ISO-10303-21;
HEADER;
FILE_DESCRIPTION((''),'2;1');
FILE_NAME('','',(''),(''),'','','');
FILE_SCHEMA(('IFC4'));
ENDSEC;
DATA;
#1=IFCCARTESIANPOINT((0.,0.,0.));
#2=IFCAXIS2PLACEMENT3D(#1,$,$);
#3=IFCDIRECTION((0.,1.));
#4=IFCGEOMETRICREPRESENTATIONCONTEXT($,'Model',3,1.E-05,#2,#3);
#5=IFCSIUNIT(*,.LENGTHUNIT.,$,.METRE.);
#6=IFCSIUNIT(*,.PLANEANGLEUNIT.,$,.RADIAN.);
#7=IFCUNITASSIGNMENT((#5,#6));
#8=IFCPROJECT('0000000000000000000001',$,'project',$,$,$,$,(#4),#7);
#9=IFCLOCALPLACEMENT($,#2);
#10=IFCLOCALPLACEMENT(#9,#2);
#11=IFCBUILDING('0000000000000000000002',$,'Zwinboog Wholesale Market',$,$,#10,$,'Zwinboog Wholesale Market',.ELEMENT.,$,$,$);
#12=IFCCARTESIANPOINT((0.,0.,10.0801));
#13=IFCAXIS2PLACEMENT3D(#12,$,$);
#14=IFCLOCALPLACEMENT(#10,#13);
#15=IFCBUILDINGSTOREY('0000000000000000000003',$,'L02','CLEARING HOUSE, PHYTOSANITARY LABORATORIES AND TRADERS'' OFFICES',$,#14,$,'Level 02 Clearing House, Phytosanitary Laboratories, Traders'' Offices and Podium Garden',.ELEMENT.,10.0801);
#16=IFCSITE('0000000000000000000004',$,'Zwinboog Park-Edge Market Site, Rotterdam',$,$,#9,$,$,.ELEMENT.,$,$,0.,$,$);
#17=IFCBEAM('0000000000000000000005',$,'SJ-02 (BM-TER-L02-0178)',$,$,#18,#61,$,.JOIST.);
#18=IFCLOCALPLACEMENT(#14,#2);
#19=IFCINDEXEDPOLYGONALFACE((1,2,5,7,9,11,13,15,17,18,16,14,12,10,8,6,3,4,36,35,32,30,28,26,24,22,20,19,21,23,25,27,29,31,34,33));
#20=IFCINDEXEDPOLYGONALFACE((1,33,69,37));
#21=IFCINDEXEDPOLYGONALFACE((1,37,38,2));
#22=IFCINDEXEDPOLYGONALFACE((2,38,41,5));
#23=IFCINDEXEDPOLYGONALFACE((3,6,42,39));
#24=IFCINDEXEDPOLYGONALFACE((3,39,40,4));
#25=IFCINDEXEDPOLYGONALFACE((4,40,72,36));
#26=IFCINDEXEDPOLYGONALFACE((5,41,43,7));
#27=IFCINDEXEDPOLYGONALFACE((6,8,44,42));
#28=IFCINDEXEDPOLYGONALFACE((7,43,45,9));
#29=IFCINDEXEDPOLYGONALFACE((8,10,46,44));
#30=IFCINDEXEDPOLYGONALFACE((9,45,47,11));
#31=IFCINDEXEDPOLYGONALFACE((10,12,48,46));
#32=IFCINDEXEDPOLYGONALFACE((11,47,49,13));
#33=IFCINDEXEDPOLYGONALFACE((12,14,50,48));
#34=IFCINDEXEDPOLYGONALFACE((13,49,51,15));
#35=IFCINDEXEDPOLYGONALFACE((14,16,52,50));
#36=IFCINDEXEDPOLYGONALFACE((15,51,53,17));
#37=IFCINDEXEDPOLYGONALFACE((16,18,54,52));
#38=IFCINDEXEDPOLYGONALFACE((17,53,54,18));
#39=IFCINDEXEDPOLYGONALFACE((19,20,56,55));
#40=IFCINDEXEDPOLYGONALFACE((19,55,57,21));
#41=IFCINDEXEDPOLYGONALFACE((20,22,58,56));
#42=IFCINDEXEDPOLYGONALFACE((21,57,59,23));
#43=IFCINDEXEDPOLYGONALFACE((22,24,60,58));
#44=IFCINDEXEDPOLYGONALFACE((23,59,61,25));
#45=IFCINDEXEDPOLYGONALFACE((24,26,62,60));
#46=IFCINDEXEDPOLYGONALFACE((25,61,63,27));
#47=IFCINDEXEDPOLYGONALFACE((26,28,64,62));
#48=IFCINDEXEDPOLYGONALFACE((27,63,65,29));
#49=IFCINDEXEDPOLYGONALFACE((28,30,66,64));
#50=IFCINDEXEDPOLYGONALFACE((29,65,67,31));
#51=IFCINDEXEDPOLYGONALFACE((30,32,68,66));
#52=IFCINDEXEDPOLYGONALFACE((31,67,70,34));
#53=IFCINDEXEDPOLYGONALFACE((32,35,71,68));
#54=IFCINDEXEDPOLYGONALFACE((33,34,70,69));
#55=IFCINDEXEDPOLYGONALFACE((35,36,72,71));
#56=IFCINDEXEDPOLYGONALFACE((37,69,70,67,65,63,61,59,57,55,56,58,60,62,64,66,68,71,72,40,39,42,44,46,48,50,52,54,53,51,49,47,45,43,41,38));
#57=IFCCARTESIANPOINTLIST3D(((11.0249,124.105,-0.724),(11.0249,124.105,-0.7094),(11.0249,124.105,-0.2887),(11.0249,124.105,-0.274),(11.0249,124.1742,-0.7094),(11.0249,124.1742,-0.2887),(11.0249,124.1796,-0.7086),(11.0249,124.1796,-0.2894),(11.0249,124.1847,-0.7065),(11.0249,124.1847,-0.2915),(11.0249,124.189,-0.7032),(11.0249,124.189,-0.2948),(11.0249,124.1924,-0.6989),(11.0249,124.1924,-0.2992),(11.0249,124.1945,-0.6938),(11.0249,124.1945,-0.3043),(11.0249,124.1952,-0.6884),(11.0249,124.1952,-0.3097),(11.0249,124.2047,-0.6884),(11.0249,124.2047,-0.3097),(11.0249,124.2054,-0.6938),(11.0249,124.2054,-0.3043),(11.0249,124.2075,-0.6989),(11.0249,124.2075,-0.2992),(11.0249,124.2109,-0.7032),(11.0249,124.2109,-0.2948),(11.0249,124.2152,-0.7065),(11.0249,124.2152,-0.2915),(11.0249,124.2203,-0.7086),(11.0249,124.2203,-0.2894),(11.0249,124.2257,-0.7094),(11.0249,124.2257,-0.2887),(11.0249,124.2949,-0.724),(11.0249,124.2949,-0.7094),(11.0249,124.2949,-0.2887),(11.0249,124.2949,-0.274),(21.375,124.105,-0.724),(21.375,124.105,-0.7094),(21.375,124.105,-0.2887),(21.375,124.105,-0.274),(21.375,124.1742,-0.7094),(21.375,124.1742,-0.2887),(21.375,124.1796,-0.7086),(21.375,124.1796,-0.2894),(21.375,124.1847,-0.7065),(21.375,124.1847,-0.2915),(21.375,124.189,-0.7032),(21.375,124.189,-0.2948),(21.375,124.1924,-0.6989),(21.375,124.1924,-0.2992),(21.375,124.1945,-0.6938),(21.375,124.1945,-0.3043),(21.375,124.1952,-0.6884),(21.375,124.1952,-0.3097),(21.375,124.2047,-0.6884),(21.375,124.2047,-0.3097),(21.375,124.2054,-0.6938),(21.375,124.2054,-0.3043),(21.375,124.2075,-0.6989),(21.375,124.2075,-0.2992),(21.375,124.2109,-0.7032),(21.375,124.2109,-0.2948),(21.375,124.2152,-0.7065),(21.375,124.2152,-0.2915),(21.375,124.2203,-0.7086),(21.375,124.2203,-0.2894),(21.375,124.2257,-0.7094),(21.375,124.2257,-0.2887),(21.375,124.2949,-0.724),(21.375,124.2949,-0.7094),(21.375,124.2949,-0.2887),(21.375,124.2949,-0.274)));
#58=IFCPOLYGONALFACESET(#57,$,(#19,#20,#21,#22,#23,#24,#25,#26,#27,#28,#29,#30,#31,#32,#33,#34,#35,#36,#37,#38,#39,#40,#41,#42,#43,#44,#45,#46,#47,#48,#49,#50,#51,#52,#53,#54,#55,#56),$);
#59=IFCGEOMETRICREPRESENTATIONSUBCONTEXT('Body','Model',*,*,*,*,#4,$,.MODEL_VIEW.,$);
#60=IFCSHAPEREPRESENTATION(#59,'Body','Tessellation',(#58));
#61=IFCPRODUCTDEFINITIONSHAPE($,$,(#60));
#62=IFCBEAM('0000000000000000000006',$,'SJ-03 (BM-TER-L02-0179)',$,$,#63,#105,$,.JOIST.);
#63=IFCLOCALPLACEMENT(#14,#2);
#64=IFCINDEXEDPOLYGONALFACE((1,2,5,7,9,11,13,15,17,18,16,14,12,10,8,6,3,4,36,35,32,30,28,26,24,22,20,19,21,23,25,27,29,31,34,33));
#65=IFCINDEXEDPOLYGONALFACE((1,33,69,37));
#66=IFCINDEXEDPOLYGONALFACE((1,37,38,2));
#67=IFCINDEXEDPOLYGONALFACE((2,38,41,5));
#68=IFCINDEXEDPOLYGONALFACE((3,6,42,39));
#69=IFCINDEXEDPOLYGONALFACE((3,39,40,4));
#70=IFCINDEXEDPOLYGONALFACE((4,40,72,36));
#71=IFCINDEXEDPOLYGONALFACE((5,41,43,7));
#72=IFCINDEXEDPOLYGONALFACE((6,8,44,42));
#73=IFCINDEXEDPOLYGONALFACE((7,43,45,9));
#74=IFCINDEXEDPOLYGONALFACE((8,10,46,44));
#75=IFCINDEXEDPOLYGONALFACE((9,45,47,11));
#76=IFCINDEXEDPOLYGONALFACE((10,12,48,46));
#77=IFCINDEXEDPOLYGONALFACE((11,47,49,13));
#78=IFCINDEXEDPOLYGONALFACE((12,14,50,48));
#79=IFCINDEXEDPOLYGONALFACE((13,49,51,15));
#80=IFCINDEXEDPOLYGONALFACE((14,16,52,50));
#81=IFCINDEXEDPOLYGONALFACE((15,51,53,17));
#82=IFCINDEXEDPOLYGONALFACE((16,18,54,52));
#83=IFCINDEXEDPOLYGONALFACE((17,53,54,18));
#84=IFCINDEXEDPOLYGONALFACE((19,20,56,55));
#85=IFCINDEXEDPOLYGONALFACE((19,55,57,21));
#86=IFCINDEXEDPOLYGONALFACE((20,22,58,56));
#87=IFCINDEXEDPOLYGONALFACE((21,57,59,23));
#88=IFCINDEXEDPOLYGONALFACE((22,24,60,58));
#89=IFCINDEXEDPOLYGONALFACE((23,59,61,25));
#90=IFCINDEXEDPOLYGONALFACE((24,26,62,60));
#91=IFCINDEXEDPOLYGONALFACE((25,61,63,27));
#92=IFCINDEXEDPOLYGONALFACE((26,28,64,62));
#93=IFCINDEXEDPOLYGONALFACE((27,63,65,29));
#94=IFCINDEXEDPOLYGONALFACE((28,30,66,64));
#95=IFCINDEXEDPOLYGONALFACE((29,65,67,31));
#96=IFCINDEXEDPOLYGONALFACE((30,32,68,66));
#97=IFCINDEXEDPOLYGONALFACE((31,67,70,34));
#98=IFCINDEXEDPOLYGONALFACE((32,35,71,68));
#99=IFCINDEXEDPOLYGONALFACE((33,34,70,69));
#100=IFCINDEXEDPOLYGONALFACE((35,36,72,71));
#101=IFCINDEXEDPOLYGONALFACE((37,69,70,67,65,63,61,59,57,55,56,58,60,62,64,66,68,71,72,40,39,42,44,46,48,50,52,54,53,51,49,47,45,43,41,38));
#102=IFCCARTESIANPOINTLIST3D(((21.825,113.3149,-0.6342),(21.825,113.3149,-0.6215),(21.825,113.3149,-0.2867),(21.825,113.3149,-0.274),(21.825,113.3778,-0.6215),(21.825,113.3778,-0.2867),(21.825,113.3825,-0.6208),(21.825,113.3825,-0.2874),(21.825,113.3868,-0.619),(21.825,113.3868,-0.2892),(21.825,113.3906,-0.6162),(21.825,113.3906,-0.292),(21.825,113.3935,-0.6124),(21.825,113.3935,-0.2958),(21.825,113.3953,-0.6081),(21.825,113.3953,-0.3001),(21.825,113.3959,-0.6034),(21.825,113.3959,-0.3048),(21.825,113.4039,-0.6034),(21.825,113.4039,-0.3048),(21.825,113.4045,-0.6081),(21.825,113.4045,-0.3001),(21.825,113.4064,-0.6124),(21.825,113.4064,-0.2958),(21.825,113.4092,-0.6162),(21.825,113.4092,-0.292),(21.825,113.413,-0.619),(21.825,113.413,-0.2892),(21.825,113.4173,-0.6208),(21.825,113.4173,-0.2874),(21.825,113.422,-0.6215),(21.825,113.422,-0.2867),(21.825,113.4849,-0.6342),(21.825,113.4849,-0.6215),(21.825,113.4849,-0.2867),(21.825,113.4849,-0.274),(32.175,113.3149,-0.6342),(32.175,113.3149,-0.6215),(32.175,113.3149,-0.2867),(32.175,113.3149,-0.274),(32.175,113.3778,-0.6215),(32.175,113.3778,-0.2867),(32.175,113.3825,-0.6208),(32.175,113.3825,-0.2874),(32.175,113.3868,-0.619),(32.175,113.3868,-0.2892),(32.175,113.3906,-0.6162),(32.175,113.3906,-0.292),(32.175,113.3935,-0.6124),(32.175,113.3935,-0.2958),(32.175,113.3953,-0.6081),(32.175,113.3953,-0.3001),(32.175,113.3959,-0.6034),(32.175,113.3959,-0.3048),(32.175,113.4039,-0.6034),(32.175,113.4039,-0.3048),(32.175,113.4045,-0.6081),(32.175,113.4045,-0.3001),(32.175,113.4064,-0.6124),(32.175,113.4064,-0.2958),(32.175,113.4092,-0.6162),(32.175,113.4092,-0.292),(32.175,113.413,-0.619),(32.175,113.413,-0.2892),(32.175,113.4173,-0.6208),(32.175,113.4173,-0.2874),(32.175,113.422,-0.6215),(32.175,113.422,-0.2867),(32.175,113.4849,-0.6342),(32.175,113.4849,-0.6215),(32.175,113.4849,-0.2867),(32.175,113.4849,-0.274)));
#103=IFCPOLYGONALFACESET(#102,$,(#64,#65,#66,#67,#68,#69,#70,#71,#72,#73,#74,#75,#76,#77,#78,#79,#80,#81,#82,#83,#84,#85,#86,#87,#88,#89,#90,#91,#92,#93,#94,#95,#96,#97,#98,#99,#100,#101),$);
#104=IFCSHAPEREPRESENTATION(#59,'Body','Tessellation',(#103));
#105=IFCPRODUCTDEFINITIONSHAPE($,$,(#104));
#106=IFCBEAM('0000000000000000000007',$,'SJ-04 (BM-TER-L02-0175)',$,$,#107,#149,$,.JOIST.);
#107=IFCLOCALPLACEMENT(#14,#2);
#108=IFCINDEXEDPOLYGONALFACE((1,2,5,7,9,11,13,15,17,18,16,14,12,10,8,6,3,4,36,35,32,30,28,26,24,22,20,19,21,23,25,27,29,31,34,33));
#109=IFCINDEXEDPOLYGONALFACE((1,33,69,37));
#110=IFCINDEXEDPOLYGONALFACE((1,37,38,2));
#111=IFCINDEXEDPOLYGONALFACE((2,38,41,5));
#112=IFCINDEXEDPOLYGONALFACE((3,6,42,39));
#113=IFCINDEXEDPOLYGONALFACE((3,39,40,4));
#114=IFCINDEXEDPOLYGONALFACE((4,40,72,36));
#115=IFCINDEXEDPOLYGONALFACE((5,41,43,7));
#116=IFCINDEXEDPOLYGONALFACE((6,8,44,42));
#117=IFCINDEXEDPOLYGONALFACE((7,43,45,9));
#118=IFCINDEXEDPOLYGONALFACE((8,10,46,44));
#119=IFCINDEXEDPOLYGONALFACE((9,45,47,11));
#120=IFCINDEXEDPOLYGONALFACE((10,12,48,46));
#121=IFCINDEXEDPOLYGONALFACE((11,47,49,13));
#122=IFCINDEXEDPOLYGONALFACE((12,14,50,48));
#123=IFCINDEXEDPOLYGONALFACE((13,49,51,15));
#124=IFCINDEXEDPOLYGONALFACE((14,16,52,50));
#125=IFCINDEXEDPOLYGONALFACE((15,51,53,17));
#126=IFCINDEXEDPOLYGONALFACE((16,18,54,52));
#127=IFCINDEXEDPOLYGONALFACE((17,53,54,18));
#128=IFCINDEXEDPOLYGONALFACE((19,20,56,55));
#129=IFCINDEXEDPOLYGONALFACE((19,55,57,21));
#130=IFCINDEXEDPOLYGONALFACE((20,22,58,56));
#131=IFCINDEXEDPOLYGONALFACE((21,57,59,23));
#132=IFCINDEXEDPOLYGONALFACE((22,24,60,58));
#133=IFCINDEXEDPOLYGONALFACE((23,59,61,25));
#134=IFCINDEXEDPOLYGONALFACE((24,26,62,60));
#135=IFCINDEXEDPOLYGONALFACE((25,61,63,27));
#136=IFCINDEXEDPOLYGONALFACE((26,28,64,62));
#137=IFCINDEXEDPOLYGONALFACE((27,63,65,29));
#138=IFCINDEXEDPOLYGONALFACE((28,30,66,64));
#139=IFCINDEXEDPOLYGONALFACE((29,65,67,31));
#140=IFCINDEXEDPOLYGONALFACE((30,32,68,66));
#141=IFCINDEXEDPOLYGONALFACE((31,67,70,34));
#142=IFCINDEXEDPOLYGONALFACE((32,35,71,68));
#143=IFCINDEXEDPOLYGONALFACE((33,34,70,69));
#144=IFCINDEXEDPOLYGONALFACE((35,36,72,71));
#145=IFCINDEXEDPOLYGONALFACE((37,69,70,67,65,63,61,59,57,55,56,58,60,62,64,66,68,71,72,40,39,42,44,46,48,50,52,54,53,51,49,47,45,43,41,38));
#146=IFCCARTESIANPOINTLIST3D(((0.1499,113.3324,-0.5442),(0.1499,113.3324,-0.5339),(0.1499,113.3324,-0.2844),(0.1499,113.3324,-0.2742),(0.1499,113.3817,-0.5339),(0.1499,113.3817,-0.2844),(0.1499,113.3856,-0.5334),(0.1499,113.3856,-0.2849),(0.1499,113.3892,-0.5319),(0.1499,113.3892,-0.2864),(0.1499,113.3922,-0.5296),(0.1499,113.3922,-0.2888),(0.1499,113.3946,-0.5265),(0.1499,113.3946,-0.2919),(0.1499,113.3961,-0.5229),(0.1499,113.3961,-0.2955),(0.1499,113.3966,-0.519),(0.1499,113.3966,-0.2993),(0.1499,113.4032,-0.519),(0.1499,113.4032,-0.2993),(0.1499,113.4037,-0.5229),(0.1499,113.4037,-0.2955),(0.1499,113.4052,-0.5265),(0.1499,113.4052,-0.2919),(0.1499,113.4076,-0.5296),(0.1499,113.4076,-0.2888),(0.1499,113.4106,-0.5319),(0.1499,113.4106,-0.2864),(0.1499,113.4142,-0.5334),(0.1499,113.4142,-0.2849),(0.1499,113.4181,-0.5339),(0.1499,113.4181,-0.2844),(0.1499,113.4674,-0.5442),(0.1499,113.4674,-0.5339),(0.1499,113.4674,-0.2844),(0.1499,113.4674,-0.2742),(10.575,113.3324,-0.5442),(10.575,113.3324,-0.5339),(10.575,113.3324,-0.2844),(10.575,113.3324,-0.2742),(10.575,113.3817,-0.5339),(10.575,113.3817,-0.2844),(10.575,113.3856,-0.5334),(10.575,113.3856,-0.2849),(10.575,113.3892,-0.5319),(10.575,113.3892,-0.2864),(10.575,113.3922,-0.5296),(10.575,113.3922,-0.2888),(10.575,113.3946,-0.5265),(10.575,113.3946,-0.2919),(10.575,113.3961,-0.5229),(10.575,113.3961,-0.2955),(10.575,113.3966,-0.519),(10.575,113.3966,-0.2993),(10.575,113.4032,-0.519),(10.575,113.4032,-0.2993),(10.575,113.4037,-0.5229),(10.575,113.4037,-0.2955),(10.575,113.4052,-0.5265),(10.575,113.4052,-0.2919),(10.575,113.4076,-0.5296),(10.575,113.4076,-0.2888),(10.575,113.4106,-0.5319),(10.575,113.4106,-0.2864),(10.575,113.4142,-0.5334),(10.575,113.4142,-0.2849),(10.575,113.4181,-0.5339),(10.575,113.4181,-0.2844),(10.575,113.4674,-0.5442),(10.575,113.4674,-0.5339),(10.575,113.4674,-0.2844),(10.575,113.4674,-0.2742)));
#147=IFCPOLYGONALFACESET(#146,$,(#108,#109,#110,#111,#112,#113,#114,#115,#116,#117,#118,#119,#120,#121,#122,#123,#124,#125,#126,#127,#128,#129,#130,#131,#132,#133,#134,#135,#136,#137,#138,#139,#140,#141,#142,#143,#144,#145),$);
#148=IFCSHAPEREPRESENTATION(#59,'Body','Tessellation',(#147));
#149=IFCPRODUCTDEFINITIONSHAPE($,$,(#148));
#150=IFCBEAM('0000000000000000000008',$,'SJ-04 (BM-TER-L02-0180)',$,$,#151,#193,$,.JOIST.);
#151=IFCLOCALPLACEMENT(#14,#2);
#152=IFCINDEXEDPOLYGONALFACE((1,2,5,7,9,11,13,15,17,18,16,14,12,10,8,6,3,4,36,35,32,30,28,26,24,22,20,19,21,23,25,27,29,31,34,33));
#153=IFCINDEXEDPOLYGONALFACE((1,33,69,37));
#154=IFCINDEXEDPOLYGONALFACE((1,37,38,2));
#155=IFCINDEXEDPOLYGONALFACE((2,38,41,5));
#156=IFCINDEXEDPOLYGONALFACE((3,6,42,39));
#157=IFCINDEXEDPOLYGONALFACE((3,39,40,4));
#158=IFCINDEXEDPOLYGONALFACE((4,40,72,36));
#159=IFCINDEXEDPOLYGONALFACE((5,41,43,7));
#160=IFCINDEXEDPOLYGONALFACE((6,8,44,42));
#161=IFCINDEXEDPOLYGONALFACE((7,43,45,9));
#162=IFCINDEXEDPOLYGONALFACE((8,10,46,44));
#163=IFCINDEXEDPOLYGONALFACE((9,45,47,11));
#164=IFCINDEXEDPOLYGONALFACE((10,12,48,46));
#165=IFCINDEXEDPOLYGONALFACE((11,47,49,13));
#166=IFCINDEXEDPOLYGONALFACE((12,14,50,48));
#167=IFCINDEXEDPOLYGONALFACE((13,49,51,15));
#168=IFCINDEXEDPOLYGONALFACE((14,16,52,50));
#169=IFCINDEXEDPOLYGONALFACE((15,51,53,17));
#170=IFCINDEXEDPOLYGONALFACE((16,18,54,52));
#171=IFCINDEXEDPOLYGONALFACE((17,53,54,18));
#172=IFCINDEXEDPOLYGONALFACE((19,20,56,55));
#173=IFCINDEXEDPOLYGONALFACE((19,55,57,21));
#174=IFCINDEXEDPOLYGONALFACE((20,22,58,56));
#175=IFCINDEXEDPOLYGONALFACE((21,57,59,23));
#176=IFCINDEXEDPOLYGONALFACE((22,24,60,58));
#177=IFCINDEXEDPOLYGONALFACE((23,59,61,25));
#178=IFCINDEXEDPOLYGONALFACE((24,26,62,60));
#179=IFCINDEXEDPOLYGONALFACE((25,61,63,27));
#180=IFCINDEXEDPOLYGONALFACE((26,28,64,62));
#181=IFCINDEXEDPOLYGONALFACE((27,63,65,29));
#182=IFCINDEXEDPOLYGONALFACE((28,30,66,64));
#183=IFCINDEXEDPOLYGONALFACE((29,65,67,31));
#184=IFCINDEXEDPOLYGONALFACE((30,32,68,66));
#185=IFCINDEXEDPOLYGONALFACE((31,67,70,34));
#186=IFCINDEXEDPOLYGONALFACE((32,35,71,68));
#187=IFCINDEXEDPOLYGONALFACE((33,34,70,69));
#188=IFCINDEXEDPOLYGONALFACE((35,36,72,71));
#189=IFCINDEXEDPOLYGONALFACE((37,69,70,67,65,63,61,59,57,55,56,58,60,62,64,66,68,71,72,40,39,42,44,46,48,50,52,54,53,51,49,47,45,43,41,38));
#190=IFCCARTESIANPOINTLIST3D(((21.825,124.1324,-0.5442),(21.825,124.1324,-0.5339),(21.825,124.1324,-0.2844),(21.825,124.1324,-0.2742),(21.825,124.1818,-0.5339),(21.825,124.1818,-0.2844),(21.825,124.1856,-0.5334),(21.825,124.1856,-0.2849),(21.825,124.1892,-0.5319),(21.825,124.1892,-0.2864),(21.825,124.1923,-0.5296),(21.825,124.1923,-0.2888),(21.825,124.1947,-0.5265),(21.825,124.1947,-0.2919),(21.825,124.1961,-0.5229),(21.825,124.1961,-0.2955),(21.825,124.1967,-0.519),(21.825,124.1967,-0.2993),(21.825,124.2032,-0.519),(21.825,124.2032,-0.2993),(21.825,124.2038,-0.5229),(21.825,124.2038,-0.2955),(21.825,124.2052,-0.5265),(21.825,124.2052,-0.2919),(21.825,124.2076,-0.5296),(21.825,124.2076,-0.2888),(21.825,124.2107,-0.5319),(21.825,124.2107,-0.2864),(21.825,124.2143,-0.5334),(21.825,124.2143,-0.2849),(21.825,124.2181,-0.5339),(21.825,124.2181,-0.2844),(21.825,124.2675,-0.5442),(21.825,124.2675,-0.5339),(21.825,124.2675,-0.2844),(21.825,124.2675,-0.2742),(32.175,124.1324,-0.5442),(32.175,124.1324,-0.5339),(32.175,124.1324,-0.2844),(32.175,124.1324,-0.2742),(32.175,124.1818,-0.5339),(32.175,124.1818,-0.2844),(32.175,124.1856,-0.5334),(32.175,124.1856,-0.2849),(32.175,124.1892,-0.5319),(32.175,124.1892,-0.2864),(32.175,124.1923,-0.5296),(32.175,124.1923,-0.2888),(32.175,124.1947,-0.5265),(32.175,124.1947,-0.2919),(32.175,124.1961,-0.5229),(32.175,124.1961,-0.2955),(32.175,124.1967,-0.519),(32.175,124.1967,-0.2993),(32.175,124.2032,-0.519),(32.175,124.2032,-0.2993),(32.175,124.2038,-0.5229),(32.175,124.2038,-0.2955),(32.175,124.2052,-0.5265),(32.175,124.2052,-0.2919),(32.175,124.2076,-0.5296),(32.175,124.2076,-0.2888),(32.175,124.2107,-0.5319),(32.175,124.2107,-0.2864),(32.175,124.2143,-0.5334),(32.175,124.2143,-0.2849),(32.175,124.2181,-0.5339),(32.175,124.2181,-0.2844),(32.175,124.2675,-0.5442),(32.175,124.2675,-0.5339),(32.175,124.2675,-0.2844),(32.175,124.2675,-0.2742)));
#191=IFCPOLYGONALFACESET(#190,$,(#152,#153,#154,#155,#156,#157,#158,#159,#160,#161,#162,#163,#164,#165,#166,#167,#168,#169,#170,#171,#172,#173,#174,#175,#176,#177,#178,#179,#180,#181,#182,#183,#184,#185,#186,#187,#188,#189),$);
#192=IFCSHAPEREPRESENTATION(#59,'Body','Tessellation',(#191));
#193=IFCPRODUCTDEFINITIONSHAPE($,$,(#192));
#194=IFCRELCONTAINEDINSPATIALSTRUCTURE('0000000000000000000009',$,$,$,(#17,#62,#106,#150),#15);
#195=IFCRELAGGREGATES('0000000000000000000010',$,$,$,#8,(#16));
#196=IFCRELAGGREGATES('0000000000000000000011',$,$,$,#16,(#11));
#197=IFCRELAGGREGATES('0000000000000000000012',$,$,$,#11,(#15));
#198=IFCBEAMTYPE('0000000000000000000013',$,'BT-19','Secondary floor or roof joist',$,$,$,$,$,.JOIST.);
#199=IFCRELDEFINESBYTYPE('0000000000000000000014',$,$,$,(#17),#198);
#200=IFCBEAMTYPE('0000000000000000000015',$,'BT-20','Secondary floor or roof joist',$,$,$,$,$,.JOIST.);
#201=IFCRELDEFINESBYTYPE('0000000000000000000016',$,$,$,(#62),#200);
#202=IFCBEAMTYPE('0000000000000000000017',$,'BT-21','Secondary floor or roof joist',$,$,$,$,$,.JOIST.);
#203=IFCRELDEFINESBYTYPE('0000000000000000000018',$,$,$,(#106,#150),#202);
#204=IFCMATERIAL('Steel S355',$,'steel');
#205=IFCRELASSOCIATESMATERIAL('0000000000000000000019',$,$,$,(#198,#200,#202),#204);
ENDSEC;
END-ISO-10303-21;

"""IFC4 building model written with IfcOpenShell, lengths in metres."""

from ifc_helpers import new_model, si_unit, direction, frame, origin, origin_2d, place, context, subcontext, project, spatial, i_section, extrude, material, material_profile, profile_set, type_object, element, save


model = new_model("IFC4")

# Units and contexts
model_context = context("Model", 3, precision=1e-05, world=origin(), true_north=direction((0.0, 1.0)))
body_context = subcontext(model_context, "Body", "Model", "MODEL_VIEW")
ifc_project = project(units=[si_unit("LENGTHUNIT", "METRE"), si_unit("PLANEANGLEUNIT", "RADIAN")], contexts=[model_context])

# Site, building, storey
site_placement = place(None, origin())
site = spatial("IfcSite", under=ifc_project, at=site_placement, Name="Zwinboog Park-Edge Market Site, Rotterdam", CompositionType="ELEMENT", RefElevation=0.0)
building_placement = place(site_placement, origin())
building = spatial("IfcBuilding", under=site, at=building_placement, Name="Zwinboog Wholesale Market", LongName="Zwinboog Wholesale Market", CompositionType="ELEMENT")
storey_placement = place(building_placement, frame((0.0, 0.0, 10.0801)))
storey = spatial("IfcBuildingStorey", under=building, at=storey_placement, Name="L02", Description="CLEARING HOUSE, PHYTOSANITARY LABORATORIES AND TRADERS' OFFICES", LongName="Level 02 Clearing House, Phytosanitary Laboratories, Traders' Offices and Podium Garden", CompositionType="ELEMENT", Elevation=10.0801)

# Beams
ifc_material_1 = material(Name="Steel S355", Category="steel")
ifc_material_profile_1 = material_profile(ifc_material_1, i_section(OverallWidth=0.1899, OverallDepth=0.45, WebThickness=0.0095, FlangeThickness=0.0146, FilletRadius=0.021, at=origin_2d()), Name="IPE 450")
ifc_profile_set_1 = profile_set([ifc_material_profile_1], Name="Steel S355")
beam_type_1 = type_object("IfcBeamType", Name="BT-19", Description="Secondary floor or roof joist", PredefinedType="JOIST", material=ifc_profile_set_1)
beam_1_placement = place(storey_placement, frame((11.0249, 124.2, -0.499), z_axis=(1.0, 0.0, 0.0), x_axis=(0.0, 1.0, 0.0)))
element("IfcBeam", 1, at=beam_1_placement, inside=storey, type_object=beam_type_1, Name="SJ-02 (BM-TER-L02-0178)", PredefinedType="JOIST", context=body_context, shape_type="SweptSolid", body=[
    extrude(i_section(OverallWidth=0.1899, OverallDepth=0.45, WebThickness=0.0095, FlangeThickness=0.0146, FilletRadius=0.021, at=origin_2d()), origin(), (0.0, 0.0, 1.0), 10.3501),
])
ifc_material_profile_2 = material_profile(ifc_material_1, i_section(OverallWidth=0.1699, OverallDepth=0.3601, WebThickness=0.0081, FlangeThickness=0.0127, FilletRadius=0.0181, at=origin_2d()), Name="IPE 360")
ifc_profile_set_2 = profile_set([ifc_material_profile_2], Name="Steel S355")
beam_type_2 = type_object("IfcBeamType", Name="BT-20", Description="Secondary floor or roof joist", PredefinedType="JOIST", material=ifc_profile_set_2)
beam_2_placement = place(storey_placement, frame((21.825, 113.3999, -0.4541), z_axis=(1.0, 0.0, 0.0), x_axis=(0.0, 1.0, 0.0)))
element("IfcBeam", 2, at=beam_2_placement, inside=storey, type_object=beam_type_2, Name="SJ-03 (BM-TER-L02-0179)", PredefinedType="JOIST", context=body_context, shape_type="SweptSolid", body=[
    extrude(i_section(OverallWidth=0.1699, OverallDepth=0.3601, WebThickness=0.0081, FlangeThickness=0.0127, FilletRadius=0.0181, at=origin_2d()), origin(), (0.0, 0.0, 1.0), 10.3501),
])
ifc_material_profile_3 = material_profile(ifc_material_1, i_section(OverallWidth=0.135, OverallDepth=0.27, WebThickness=0.0066, FlangeThickness=0.0103, FilletRadius=0.0149, at=origin_2d()), Name="IPE 270")
ifc_profile_set_3 = profile_set([ifc_material_profile_3], Name="Steel S355")
beam_type_3 = type_object("IfcBeamType", Name="BT-21", Description="Secondary floor or roof joist", PredefinedType="JOIST", material=ifc_profile_set_3)
beam_3_placement = place(storey_placement, frame((0.1499, 113.3999, -0.4092), z_axis=(1.0, 0.0, 0.0), x_axis=(0.0, 1.0, 0.0)))
element("IfcBeam", 3, at=beam_3_placement, inside=storey, type_object=beam_type_3, Name="SJ-04 (BM-TER-L02-0175)", PredefinedType="JOIST", context=body_context, shape_type="SweptSolid", body=[
    extrude(i_section(OverallWidth=0.135, OverallDepth=0.27, WebThickness=0.0066, FlangeThickness=0.0103, FilletRadius=0.0149, at=origin_2d()), origin(), (0.0, 0.0, 1.0), 10.425),
])
beam_4_placement = place(storey_placement, frame((21.825, 124.2, -0.4092), z_axis=(1.0, 0.0, 0.0), x_axis=(0.0, 1.0, 0.0)))
element("IfcBeam", 4, at=beam_4_placement, inside=storey, type_object=beam_type_3, Name="SJ-04 (BM-TER-L02-0180)", PredefinedType="JOIST", context=body_context, shape_type="SweptSolid", body=[
    extrude(i_section(OverallWidth=0.135, OverallDepth=0.27, WebThickness=0.0066, FlangeThickness=0.0103, FilletRadius=0.0149, at=origin_2d()), origin(), (0.0, 0.0, 1.0), 10.3501),
])

save(model, "model.ifc")
